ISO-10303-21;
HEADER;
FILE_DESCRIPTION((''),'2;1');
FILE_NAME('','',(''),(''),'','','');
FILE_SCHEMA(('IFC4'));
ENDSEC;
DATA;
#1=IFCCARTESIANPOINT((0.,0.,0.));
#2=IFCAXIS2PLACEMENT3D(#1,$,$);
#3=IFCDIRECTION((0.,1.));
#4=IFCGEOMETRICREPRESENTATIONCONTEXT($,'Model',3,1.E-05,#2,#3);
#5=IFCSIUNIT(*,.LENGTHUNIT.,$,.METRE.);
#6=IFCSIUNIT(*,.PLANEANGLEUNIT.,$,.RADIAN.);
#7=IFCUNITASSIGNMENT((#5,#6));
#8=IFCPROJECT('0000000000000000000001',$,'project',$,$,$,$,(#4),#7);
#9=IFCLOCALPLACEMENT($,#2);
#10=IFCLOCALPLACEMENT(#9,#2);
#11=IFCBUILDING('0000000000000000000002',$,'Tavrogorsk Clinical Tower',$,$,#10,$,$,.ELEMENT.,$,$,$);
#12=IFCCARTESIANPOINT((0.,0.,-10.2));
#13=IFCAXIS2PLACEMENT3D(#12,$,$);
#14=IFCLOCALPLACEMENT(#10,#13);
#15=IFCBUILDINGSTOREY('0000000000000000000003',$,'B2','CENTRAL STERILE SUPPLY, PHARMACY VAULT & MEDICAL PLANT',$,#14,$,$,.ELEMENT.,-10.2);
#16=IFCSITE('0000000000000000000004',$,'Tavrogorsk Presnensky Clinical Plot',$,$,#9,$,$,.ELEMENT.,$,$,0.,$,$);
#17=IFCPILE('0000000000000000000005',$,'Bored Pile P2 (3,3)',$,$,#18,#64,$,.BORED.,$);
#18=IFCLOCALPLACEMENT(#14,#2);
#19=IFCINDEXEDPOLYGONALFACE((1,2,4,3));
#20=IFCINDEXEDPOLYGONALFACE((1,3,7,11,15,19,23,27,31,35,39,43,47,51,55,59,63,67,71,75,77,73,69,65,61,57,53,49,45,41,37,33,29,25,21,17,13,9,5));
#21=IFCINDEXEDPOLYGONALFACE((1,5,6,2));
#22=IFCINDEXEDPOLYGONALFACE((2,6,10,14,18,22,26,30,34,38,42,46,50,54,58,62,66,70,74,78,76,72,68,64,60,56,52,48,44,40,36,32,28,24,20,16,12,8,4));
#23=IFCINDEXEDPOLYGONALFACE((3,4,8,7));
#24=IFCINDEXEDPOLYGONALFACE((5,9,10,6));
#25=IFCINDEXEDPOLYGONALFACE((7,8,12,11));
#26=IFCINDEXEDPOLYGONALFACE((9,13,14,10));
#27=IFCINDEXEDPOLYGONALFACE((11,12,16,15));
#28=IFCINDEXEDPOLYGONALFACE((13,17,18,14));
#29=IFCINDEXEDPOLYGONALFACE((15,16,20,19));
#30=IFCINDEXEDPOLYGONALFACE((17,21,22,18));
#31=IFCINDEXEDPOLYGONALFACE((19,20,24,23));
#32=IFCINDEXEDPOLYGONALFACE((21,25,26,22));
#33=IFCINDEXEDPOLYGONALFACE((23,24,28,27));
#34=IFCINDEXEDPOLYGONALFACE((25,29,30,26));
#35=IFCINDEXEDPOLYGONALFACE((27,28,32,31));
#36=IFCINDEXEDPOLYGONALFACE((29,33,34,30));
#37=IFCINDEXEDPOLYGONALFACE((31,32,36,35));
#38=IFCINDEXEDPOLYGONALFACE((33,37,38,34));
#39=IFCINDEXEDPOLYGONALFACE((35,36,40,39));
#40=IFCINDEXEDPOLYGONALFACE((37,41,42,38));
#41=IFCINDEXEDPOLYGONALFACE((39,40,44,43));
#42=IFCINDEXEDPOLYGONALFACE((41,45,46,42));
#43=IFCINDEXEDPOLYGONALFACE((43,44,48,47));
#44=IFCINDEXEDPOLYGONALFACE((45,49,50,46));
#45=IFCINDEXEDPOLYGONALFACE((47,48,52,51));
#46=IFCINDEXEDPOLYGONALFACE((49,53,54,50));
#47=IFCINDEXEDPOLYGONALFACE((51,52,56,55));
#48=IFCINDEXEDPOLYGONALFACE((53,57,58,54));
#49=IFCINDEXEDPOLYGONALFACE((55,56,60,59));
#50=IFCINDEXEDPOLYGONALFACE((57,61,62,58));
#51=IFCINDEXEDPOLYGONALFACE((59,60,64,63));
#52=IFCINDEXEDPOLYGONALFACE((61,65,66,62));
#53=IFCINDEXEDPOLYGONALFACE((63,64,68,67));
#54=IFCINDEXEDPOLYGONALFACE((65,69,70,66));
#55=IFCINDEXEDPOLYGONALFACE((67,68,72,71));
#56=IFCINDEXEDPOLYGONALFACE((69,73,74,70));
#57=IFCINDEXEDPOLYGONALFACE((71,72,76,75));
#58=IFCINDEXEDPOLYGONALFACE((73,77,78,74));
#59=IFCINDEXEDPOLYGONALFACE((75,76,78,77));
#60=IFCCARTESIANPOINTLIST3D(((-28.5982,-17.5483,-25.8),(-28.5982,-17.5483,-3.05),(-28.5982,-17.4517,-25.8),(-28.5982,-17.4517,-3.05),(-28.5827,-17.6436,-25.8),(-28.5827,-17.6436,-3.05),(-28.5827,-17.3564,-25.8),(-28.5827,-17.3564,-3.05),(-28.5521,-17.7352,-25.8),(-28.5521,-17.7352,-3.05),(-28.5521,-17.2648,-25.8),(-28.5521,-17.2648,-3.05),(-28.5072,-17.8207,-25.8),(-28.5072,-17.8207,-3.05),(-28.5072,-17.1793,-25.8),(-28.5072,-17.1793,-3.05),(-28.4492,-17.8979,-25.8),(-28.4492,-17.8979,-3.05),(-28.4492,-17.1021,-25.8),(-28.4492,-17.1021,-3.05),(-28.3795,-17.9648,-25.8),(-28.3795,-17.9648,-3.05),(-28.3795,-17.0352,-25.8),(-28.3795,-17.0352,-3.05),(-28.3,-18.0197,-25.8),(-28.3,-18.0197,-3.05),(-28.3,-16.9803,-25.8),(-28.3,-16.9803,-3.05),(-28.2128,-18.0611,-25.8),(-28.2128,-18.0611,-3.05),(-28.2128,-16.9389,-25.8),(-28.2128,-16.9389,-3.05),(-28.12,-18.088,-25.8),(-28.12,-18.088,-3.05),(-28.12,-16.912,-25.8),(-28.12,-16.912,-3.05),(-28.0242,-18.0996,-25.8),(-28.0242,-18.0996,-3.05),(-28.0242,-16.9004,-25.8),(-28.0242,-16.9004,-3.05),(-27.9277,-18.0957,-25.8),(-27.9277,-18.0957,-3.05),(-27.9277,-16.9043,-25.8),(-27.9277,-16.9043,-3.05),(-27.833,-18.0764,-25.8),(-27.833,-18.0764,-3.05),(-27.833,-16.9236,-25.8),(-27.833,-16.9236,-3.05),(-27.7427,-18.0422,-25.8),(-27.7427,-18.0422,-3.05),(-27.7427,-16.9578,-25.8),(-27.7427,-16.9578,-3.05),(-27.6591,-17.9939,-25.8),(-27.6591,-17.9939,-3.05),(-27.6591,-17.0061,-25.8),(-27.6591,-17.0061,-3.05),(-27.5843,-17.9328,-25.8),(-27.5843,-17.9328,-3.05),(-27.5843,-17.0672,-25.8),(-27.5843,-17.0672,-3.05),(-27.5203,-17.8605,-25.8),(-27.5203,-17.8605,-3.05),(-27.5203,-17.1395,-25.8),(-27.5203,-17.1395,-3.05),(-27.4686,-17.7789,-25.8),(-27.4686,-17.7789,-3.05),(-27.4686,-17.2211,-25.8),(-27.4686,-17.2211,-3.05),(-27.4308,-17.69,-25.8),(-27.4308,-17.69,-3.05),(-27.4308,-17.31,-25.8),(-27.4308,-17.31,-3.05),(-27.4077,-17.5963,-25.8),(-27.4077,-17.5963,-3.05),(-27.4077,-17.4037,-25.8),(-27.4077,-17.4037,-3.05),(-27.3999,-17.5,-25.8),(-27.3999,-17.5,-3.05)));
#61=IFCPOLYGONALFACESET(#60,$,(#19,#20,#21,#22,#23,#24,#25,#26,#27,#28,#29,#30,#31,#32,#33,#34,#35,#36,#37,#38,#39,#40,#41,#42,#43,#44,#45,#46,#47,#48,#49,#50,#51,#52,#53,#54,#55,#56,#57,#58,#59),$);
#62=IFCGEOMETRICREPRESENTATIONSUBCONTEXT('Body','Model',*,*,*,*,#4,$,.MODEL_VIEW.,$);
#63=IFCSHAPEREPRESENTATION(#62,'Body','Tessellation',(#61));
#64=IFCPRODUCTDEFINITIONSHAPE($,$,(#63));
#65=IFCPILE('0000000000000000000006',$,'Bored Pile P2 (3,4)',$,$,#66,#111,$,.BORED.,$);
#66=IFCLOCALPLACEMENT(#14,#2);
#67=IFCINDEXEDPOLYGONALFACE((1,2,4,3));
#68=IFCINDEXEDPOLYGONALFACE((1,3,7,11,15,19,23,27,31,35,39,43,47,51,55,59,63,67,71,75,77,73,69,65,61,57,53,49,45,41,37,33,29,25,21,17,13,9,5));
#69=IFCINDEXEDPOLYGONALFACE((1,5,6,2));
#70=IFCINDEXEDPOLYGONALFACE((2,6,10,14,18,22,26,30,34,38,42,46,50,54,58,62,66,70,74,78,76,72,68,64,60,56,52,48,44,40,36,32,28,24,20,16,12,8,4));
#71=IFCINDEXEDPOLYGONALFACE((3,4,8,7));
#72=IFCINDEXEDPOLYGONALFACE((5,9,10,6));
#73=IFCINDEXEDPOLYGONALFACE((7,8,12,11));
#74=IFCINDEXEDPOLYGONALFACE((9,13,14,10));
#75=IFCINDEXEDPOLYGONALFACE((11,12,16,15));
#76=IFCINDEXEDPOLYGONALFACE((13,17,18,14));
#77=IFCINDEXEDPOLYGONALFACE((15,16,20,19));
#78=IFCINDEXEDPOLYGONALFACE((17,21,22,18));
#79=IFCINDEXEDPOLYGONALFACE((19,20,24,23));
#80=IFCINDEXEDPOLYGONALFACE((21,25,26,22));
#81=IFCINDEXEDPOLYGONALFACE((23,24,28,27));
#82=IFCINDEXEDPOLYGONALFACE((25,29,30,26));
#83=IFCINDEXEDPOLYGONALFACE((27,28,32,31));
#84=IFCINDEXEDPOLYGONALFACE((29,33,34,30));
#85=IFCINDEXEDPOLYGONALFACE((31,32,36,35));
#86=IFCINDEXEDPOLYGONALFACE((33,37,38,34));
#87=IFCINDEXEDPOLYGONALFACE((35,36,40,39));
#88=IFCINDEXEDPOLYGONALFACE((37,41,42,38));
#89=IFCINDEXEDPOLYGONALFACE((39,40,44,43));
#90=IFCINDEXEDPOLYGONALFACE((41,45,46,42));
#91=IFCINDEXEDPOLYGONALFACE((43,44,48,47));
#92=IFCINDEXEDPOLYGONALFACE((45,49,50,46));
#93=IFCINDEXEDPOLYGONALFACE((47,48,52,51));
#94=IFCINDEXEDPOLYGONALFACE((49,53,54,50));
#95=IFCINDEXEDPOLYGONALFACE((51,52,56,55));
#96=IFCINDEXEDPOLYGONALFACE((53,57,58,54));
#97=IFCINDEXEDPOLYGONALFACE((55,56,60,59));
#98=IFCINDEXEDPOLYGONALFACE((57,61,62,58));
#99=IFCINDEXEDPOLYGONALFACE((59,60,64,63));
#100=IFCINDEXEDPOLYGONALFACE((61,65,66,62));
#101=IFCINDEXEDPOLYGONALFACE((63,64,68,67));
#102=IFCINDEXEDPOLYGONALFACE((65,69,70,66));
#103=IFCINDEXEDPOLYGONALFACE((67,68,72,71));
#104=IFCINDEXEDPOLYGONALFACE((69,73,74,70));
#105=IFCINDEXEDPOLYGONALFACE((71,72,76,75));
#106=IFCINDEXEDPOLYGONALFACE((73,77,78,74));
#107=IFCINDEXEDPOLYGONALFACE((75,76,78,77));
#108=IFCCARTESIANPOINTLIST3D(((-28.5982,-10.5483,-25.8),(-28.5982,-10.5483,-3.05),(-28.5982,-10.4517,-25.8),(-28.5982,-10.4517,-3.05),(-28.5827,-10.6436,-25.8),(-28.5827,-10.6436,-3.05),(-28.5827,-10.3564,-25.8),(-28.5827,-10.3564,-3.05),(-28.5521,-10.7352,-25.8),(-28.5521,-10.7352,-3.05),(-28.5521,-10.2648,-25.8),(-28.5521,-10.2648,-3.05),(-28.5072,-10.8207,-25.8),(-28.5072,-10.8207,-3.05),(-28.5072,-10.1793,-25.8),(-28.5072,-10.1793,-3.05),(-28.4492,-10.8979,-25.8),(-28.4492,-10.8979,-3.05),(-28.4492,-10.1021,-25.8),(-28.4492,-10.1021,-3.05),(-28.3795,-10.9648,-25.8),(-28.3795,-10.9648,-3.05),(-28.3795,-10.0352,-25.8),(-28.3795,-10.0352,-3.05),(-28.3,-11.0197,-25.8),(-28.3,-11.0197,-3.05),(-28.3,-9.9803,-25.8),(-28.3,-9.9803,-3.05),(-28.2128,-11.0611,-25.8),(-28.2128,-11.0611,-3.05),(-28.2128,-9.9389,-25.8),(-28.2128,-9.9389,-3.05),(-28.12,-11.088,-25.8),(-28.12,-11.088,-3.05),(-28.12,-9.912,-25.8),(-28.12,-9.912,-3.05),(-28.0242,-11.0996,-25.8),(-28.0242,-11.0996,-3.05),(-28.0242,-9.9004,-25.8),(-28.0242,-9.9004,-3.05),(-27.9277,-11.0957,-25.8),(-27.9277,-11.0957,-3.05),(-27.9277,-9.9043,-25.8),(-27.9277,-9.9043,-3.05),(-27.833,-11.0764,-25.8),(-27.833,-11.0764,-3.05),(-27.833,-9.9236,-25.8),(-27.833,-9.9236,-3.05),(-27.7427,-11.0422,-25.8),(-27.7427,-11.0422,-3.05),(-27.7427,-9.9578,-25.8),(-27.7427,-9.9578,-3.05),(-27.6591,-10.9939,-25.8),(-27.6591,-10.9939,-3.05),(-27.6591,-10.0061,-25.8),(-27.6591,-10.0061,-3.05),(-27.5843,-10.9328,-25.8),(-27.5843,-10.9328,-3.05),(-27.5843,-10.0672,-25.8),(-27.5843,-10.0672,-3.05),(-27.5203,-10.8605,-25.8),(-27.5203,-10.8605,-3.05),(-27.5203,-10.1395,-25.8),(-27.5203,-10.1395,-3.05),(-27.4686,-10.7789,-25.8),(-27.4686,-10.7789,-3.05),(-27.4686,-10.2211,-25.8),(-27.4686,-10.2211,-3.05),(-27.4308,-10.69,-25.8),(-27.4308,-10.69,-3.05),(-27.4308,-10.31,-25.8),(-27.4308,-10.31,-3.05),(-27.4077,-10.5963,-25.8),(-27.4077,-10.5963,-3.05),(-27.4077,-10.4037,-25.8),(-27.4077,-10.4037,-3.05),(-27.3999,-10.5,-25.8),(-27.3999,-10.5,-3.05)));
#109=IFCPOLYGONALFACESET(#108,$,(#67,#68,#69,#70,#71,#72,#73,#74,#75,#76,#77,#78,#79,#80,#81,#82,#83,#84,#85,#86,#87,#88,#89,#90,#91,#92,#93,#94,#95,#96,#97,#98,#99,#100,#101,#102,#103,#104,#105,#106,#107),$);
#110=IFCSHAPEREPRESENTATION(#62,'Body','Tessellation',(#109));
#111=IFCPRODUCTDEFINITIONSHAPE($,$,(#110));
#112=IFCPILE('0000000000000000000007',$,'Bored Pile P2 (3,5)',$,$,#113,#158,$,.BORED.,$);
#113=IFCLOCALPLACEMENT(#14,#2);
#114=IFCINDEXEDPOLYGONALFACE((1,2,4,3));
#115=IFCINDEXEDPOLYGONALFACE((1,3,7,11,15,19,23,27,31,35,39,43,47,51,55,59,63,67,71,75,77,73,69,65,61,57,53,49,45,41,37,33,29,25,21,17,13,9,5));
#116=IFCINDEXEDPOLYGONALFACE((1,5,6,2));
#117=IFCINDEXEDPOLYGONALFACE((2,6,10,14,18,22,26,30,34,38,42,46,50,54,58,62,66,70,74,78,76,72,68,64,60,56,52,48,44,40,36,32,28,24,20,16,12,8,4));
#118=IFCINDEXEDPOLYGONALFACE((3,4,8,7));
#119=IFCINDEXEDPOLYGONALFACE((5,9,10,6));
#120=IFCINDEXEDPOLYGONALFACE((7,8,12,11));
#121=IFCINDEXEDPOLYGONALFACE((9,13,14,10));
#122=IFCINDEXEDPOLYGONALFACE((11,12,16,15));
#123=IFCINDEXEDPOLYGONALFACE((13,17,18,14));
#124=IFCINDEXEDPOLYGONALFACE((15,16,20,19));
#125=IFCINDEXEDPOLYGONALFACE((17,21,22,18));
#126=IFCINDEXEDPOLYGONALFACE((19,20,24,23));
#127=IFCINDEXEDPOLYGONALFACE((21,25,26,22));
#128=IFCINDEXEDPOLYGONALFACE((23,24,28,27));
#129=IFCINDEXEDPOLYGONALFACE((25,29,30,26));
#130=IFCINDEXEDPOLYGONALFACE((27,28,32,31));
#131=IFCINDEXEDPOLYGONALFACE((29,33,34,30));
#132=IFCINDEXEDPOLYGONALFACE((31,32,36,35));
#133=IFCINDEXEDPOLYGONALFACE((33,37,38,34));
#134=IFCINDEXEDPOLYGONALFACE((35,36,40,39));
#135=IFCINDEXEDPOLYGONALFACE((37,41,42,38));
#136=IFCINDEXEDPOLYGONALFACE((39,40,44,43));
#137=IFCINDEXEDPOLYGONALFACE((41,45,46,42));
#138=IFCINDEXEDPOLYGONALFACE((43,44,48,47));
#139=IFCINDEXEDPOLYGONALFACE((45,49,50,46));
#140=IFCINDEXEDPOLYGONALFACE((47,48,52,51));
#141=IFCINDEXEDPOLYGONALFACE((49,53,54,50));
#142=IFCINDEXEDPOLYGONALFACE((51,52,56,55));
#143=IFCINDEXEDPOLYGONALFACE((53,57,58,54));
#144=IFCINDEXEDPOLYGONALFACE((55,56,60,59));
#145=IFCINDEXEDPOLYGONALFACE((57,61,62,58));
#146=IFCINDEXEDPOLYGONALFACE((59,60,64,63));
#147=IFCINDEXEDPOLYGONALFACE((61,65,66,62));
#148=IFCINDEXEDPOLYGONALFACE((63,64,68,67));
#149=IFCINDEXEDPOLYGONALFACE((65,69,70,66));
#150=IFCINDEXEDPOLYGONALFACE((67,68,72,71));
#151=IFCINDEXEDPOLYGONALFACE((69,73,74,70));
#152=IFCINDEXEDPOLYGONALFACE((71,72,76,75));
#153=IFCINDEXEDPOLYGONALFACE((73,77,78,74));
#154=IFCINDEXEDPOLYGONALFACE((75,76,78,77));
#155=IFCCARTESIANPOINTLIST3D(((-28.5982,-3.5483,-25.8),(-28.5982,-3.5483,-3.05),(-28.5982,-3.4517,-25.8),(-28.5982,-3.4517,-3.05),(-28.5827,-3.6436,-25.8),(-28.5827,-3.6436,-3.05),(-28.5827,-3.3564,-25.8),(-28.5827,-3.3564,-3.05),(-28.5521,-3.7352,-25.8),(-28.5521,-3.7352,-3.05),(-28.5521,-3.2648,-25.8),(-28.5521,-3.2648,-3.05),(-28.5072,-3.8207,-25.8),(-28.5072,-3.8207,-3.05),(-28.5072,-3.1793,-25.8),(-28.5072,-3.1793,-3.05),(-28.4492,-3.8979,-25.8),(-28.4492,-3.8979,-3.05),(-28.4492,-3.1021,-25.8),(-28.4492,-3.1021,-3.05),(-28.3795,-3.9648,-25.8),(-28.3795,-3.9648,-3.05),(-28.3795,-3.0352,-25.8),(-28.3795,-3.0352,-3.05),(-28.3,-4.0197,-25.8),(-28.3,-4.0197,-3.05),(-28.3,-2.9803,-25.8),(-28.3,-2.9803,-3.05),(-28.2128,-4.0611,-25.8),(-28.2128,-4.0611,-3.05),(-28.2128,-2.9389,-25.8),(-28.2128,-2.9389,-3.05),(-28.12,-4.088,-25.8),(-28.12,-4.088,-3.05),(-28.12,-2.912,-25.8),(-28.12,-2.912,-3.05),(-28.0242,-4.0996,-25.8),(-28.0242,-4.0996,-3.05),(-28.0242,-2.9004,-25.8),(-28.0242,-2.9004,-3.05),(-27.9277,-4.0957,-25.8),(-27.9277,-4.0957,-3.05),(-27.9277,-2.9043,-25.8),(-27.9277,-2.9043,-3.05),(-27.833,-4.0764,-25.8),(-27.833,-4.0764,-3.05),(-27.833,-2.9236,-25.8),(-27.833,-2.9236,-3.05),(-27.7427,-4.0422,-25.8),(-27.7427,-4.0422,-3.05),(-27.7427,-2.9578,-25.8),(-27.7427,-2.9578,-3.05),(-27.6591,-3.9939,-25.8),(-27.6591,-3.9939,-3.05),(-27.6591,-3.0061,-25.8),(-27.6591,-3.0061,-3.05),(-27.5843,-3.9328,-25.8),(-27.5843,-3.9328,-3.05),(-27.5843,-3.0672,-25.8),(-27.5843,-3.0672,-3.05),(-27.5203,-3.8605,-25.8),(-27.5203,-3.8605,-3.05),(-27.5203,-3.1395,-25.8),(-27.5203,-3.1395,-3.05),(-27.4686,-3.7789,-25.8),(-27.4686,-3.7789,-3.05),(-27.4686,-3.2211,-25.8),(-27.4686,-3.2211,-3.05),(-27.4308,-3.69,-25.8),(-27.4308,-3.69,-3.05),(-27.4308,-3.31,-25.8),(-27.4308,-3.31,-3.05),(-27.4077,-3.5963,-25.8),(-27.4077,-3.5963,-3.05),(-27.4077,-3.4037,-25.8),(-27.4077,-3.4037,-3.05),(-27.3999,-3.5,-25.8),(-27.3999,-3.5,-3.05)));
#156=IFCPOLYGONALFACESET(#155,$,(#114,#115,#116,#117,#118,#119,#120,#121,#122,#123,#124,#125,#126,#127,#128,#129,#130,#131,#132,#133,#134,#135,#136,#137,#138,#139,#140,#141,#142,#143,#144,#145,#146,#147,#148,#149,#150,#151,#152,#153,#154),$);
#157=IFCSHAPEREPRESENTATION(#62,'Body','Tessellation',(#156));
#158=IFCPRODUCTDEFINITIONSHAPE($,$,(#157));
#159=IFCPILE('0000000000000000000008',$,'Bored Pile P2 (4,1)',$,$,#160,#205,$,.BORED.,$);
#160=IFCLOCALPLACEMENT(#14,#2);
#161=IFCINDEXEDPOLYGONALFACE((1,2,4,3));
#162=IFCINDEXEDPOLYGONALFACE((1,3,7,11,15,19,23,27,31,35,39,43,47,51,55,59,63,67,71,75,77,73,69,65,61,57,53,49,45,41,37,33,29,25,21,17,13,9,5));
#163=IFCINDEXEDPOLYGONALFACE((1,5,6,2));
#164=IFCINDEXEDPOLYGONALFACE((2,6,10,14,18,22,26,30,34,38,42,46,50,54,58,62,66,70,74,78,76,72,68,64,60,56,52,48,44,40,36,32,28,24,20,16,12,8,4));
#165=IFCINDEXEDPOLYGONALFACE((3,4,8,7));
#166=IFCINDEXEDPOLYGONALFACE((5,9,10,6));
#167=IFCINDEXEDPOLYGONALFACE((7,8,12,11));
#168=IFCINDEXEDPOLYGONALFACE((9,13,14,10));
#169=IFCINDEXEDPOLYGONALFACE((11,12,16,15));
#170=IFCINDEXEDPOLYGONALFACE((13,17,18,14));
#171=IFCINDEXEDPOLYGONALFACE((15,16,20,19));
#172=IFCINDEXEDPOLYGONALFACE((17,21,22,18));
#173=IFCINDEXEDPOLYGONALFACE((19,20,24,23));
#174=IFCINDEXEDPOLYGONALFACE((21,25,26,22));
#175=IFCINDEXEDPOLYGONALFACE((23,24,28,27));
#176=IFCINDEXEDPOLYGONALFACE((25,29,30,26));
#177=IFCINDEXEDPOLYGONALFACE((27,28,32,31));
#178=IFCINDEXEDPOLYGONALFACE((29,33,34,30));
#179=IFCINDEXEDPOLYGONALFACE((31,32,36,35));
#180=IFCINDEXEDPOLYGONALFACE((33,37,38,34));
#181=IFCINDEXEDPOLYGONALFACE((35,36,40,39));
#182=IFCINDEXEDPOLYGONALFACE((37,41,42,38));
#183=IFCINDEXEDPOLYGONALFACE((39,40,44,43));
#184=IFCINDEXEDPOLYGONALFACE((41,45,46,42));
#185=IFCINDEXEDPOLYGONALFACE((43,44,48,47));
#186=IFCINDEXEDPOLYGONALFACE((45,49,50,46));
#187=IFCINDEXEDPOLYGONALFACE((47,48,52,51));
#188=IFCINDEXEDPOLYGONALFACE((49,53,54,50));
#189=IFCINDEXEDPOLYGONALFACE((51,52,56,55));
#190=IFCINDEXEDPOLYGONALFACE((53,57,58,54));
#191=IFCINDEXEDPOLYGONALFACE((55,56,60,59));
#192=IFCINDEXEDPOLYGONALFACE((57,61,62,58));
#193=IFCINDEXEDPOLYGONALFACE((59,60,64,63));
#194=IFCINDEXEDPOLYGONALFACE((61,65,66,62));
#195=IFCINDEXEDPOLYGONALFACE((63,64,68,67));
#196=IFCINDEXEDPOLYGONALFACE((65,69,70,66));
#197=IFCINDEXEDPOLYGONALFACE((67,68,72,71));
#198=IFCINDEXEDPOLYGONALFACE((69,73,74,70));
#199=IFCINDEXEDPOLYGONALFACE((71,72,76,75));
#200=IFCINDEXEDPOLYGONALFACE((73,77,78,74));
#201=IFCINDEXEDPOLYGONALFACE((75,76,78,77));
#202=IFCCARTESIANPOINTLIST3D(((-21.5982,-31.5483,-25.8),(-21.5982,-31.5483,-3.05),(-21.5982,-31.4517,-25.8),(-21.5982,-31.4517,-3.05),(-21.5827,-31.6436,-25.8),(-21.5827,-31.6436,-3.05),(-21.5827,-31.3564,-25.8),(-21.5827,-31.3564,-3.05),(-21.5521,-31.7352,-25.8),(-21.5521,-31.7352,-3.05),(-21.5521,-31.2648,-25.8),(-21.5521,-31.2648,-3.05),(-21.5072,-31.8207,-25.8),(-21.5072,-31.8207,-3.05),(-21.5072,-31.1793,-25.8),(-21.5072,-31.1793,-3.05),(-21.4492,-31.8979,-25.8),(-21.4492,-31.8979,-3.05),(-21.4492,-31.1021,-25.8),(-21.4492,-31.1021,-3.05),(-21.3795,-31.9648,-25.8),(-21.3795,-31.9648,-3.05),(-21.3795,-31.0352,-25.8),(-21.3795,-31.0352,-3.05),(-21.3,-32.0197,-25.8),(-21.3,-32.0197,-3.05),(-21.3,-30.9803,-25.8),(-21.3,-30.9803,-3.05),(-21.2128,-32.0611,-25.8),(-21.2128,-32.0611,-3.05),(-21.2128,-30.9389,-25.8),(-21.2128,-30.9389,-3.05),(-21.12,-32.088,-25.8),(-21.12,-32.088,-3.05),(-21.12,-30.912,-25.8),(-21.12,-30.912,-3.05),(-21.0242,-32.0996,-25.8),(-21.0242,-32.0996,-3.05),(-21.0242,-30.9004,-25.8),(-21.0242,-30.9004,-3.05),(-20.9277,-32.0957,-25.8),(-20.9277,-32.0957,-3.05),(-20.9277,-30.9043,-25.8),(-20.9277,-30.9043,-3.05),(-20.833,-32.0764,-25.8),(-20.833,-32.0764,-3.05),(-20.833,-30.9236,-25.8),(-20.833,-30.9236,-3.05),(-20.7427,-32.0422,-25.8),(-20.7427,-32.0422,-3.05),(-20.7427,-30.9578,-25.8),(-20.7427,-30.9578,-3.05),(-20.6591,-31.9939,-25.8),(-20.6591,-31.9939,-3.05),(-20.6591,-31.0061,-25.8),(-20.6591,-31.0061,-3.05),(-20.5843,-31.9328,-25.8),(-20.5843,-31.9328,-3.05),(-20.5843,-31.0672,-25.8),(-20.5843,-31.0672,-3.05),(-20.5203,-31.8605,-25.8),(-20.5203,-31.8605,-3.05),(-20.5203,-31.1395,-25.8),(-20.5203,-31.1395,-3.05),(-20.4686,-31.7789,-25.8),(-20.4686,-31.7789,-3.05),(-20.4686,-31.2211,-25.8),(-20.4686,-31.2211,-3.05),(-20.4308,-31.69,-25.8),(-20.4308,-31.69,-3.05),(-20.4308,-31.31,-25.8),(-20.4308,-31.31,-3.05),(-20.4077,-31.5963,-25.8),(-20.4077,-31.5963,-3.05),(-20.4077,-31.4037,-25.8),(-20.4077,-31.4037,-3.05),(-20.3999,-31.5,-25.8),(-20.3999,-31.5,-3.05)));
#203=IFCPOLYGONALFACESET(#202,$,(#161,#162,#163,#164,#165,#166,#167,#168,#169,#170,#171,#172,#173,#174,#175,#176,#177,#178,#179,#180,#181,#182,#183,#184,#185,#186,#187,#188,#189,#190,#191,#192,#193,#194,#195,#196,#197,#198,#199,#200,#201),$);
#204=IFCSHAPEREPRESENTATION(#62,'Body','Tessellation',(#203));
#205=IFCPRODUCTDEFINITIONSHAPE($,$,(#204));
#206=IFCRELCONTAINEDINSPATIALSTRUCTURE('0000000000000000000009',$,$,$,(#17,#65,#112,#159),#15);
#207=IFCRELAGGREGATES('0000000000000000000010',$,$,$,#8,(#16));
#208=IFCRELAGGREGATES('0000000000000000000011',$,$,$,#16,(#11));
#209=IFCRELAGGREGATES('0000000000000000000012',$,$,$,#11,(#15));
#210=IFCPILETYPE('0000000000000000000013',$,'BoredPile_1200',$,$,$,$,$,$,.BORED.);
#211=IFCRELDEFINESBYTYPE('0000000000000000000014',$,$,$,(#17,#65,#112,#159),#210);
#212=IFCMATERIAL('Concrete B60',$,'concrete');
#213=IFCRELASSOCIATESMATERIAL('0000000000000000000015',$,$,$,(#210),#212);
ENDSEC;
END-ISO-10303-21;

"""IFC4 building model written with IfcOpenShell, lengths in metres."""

from ifc_helpers import new_model, si_unit, direction, frame, origin, origin_2d, place, context, subcontext, project, spatial, circle, extrude, material, material_profile, profile_set, type_object, element, save


model = new_model("IFC4")

# Units and contexts
model_context = context("Model", 3, precision=1e-05, world=origin(), true_north=direction((0.0, 1.0)))
body_context = subcontext(model_context, "Body", "Model", "MODEL_VIEW")
ifc_project = project(units=[si_unit("LENGTHUNIT", "METRE"), si_unit("PLANEANGLEUNIT", "RADIAN")], contexts=[model_context])

# Site, building, storey
site_placement = place(None, origin())
site = spatial("IfcSite", under=ifc_project, at=site_placement, Name="Tavrogorsk Presnensky Clinical Plot", CompositionType="ELEMENT", RefElevation=0.0)
building_placement = place(site_placement, origin())
building = spatial("IfcBuilding", under=site, at=building_placement, Name="Tavrogorsk Clinical Tower", CompositionType="ELEMENT")
storey_placement = place(building_placement, frame((0.0, 0.0, -10.2)))
storey = spatial("IfcBuildingStorey", under=building, at=storey_placement, Name="B2", Description="CENTRAL STERILE SUPPLY, PHARMACY VAULT & MEDICAL PLANT", CompositionType="ELEMENT", Elevation=-10.2)

# Piles
ifc_material_1 = material(Name="Concrete B60", Category="concrete")
ifc_material_profile_1 = material_profile(ifc_material_1, circle(Radius=0.6001, at=origin_2d()), Name="BORED-PILE-1200")
ifc_profile_set_1 = profile_set([ifc_material_profile_1], Name="Concrete B60")
pile_type_1 = type_object("IfcPileType", Name="BoredPile_1200", PredefinedType="BORED", material=ifc_profile_set_1)
for number, where, z_axis, x_axis, name in (
    (1, (-28.0, -17.5, -3.05), (0.0, 0.0, -1.0), (1.0, 0.0, 0.0), "Bored Pile P2 (3,3)"),
    (2, (-28.0, -10.5, -3.05), (0.0, 0.0, -1.0), (1.0, 0.0, 0.0), "Bored Pile P2 (3,4)"),
    (3, (-28.0, -3.5, -3.05), (0.0, 0.0, -1.0), (1.0, 0.0, 0.0), "Bored Pile P2 (3,5)"),
    (4, (-21.0, -31.5, -3.05), (0.0, 0.0, -1.0), (1.0, 0.0, 0.0), "Bored Pile P2 (4,1)"),
):
    element("IfcPile", number, at=place(storey_placement, frame(where, z_axis=z_axis, x_axis=x_axis)), inside=storey, type_object=pile_type_1, Name=name, PredefinedType="BORED", context=body_context, shape_type="SweptSolid", body=[
        extrude(circle(Radius=0.6001, at=origin_2d()), origin(), (0.0, 0.0, 1.0), 22.75),
    ])

save(model, "model.ifc")
